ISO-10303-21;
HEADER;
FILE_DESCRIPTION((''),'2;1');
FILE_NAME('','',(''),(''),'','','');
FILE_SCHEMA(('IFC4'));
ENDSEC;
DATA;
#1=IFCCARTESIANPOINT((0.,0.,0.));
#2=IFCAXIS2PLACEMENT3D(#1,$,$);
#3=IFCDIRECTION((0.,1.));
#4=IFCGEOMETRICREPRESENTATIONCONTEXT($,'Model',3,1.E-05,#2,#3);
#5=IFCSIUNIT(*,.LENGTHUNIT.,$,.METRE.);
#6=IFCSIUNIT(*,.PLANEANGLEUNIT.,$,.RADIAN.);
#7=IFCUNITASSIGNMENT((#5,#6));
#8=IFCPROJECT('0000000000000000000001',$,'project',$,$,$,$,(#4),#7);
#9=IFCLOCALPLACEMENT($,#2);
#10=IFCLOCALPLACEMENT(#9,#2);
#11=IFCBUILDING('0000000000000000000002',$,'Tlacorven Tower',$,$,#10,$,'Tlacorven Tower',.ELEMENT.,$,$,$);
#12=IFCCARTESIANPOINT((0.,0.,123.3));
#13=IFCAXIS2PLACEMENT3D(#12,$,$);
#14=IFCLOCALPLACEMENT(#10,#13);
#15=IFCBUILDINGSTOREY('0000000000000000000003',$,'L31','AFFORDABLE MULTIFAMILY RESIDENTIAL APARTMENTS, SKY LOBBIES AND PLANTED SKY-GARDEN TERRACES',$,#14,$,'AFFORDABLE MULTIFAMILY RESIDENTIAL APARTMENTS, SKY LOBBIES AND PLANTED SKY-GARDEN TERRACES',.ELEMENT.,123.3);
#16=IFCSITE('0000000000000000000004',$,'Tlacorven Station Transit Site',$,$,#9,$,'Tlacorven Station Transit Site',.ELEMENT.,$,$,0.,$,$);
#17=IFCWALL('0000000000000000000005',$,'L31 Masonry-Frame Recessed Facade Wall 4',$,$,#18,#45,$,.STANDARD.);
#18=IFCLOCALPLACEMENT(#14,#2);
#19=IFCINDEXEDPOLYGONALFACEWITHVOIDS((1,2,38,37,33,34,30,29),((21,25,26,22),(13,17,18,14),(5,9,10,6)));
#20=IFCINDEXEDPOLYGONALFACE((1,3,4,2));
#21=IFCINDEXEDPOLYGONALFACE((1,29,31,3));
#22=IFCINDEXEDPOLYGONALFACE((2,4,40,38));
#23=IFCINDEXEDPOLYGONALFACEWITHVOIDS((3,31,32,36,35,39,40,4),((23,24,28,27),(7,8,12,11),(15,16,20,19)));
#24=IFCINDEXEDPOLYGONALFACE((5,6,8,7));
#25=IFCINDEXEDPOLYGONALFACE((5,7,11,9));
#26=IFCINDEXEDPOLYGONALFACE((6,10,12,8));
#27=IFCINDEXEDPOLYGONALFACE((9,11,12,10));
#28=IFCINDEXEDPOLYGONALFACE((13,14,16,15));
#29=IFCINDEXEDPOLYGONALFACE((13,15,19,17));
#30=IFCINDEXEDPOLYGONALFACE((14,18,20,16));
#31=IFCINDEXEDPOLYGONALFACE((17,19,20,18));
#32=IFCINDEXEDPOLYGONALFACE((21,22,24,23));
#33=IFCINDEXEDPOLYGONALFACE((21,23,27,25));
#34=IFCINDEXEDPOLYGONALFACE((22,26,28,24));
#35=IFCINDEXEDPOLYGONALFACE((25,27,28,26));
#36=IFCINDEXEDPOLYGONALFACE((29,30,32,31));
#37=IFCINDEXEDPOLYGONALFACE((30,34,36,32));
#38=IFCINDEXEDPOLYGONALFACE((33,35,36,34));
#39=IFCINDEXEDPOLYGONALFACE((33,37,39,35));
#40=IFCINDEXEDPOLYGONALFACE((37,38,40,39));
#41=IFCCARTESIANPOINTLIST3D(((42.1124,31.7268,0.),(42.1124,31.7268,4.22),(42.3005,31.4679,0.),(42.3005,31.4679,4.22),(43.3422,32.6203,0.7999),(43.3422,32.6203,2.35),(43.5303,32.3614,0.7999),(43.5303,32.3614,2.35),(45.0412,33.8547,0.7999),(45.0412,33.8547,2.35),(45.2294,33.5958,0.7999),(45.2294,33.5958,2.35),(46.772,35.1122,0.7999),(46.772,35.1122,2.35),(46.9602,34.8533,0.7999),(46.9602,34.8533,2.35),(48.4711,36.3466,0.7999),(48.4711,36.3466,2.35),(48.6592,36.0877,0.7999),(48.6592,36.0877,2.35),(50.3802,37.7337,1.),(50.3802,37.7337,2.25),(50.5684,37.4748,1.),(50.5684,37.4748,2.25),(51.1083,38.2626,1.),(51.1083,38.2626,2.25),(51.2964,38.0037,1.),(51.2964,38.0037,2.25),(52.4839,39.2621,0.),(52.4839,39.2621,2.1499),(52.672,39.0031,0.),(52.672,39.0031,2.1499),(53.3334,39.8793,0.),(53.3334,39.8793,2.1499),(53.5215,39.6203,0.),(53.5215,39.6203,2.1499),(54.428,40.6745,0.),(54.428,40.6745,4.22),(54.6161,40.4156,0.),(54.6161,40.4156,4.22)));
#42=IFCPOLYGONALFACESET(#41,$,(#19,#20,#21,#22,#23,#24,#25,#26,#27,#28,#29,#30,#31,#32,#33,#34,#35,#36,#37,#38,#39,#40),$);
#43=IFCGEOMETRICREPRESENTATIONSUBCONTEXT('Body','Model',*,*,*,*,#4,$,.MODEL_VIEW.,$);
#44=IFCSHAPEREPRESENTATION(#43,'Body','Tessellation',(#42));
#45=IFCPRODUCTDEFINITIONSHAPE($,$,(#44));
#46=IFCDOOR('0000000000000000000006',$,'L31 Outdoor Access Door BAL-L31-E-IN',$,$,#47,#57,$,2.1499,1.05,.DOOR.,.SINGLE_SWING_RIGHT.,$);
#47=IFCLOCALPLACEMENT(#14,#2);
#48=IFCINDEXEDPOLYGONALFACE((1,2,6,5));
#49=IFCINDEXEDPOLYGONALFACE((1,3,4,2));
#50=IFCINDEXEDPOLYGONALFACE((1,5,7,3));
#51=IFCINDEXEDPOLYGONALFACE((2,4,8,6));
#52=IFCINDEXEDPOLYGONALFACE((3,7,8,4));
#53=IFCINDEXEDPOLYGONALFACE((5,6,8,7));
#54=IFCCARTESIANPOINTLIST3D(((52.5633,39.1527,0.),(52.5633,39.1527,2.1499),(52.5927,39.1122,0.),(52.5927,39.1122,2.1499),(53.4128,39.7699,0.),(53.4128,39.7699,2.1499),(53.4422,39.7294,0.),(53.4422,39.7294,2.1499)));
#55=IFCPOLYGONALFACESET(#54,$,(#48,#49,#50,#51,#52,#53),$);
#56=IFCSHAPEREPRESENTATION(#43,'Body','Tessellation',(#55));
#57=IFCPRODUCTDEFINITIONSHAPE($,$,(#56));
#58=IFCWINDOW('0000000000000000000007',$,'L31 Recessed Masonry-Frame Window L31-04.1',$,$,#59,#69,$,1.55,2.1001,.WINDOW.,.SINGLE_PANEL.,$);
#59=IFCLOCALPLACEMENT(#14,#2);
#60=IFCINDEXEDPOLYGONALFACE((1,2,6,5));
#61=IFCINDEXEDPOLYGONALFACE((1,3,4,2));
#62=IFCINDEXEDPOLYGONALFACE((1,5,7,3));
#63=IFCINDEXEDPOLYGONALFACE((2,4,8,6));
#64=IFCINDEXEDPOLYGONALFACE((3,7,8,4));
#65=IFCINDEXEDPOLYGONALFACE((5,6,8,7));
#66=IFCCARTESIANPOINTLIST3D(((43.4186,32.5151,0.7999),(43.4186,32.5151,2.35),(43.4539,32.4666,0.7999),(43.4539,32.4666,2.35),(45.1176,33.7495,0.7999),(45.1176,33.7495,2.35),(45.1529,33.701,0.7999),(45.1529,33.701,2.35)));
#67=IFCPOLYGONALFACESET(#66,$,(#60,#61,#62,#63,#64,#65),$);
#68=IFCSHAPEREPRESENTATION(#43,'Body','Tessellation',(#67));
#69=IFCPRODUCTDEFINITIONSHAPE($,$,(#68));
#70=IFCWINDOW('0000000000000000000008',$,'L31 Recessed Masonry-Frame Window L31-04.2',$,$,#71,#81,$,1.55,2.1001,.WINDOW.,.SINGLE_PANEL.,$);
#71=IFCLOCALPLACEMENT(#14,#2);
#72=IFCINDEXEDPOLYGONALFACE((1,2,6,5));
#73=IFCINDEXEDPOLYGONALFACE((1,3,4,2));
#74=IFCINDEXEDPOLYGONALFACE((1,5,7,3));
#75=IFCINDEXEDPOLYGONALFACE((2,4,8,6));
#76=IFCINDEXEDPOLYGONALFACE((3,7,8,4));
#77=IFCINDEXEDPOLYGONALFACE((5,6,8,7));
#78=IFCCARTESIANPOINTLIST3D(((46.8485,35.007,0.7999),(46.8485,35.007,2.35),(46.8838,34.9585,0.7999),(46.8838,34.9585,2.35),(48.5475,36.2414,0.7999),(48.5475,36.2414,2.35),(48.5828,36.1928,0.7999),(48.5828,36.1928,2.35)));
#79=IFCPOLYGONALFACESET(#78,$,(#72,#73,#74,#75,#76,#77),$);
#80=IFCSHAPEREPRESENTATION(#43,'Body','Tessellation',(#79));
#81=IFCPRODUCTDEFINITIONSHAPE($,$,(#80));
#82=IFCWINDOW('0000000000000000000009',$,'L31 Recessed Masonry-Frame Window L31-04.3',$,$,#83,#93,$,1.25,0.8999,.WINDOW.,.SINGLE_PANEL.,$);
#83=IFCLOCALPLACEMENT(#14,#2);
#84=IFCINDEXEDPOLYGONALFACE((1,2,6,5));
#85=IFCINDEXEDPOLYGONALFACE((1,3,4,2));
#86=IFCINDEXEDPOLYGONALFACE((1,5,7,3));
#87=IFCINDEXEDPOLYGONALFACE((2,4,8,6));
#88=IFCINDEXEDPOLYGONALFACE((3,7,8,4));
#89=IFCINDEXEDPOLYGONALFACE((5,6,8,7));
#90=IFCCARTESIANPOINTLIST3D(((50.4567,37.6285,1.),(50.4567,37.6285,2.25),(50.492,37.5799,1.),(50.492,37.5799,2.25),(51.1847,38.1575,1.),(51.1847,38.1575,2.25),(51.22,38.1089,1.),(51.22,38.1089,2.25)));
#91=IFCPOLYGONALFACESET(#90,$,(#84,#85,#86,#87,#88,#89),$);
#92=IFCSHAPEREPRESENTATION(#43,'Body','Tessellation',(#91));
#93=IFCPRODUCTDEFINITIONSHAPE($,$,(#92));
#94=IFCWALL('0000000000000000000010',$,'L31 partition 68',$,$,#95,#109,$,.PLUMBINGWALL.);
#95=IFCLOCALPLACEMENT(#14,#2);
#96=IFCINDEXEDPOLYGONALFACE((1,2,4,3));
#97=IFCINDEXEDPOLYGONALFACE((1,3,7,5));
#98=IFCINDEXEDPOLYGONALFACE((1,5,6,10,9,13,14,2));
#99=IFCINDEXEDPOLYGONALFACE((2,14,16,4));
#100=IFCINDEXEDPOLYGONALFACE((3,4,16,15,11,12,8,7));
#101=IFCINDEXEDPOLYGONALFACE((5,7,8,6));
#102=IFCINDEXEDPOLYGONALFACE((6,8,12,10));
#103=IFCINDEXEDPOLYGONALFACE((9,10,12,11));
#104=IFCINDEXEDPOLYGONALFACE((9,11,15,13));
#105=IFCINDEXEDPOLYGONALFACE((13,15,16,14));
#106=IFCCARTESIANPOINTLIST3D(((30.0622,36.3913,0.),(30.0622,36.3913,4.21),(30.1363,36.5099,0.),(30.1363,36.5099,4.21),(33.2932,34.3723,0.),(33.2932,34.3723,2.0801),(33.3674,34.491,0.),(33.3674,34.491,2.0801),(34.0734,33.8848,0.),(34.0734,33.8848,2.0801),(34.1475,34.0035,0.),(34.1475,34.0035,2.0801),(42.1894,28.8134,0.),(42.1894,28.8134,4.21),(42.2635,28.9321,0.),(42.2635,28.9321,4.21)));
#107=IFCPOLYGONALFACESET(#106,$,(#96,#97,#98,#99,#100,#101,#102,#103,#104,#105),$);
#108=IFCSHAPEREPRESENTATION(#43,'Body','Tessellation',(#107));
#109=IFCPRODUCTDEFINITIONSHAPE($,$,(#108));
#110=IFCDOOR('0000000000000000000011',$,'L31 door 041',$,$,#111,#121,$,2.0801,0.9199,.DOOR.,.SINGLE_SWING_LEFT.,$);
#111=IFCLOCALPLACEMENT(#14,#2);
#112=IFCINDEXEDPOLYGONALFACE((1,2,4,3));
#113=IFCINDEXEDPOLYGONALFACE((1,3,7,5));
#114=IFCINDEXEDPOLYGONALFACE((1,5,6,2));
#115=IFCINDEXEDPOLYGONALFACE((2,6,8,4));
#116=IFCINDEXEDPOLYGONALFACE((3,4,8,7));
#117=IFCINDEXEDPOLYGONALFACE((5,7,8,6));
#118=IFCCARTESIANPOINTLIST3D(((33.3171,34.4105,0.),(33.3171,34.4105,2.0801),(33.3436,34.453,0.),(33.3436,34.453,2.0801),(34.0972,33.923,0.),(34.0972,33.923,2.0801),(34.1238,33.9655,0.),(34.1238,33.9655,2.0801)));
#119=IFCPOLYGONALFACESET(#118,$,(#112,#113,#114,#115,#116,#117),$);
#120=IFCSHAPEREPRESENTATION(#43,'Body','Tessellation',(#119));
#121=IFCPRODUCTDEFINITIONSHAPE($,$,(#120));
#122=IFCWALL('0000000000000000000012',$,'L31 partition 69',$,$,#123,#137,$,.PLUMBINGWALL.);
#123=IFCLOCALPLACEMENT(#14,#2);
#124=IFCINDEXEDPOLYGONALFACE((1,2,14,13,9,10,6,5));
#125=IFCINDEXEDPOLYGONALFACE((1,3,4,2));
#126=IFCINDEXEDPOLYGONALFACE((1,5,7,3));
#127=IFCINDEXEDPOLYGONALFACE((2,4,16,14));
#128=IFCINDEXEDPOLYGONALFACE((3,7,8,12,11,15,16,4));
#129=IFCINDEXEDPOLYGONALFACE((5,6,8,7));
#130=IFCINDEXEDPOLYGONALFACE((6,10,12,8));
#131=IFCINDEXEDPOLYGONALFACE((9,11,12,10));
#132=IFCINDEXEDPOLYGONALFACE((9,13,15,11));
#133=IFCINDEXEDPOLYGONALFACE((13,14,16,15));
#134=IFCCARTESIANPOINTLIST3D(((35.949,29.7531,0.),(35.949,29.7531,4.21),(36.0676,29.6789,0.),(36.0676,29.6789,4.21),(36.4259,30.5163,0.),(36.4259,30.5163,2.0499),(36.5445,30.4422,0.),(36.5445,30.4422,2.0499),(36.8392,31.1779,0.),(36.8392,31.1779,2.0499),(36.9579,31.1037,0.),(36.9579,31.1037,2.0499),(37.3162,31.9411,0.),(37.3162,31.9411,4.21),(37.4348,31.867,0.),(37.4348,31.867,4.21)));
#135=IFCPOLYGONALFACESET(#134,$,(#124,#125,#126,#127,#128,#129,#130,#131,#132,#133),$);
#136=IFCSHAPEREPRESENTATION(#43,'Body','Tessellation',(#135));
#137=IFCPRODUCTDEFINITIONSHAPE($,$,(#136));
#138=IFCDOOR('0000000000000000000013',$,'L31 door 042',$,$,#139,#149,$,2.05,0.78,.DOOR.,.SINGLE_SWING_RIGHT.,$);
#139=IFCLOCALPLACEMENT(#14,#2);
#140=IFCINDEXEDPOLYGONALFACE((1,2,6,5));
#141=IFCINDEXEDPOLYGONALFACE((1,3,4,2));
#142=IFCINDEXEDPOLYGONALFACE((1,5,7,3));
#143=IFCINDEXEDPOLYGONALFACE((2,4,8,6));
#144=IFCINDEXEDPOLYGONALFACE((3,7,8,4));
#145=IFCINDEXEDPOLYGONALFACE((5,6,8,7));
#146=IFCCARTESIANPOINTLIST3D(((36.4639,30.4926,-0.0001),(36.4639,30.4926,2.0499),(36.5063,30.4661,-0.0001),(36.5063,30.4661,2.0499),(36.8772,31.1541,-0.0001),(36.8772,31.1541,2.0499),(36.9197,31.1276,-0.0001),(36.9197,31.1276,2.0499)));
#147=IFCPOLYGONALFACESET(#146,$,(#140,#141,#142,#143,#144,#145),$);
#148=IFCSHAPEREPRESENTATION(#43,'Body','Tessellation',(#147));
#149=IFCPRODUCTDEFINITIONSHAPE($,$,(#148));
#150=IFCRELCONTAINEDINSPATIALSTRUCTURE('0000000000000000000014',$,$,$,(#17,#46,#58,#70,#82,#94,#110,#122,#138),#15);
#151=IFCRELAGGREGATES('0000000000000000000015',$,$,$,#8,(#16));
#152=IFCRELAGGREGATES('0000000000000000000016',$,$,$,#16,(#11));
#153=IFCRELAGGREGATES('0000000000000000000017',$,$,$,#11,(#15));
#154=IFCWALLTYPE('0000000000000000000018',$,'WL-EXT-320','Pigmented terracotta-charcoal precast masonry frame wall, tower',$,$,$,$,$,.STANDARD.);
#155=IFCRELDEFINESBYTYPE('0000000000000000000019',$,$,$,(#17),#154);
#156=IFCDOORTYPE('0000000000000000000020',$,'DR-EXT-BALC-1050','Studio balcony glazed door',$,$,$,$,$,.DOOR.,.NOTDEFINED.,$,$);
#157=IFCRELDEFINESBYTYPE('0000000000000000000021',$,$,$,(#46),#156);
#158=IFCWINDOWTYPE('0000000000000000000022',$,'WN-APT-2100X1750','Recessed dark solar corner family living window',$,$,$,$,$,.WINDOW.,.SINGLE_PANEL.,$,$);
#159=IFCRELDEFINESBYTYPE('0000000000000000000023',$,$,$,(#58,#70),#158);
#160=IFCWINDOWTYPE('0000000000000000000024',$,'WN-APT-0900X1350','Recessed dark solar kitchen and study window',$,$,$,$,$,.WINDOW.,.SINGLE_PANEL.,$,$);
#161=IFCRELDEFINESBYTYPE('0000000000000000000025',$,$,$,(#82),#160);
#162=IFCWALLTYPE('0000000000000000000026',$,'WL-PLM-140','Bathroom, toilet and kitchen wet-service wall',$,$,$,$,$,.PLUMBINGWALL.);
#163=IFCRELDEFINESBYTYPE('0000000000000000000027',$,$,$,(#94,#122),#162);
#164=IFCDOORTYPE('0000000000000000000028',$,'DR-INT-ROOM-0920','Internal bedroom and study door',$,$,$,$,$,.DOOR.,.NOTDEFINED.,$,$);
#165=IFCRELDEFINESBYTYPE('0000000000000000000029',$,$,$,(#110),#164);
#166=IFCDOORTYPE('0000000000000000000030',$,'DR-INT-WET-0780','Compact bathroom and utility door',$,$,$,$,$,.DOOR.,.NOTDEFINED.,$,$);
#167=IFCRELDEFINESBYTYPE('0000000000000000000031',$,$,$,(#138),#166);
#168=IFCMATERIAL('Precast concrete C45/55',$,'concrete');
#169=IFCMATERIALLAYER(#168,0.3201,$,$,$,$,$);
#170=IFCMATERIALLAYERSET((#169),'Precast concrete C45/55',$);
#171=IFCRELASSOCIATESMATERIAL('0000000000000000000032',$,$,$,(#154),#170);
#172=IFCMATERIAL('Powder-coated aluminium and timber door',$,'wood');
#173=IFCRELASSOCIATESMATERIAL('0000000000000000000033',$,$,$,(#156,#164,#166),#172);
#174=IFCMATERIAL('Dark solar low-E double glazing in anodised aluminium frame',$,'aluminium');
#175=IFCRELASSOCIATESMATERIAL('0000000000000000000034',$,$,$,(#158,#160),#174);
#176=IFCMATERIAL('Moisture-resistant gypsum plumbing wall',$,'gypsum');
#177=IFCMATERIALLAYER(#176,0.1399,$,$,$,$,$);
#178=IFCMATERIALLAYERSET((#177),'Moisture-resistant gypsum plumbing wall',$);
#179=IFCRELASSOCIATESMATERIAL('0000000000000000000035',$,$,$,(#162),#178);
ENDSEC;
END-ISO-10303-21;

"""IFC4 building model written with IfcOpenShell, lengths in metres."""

from ifc_helpers import new_model, si_unit, direction, frame, frame_2d, origin, place, context, subcontext, project, spatial, rectangle, extrude, source, transform, mapped, material, layer, layer_set, type_object, element, fill, save


model = new_model("IFC4")

# Units and contexts
model_context = context("Model", 3, precision=1e-05, world=origin(), true_north=direction((0.0, 1.0)))
body_context = subcontext(model_context, "Body", "Model", "MODEL_VIEW")
ifc_project = project(units=[si_unit("LENGTHUNIT", "METRE"), si_unit("PLANEANGLEUNIT", "RADIAN")], contexts=[model_context])

# Site, building, storey
site_placement = place(None, origin())
site = spatial("IfcSite", under=ifc_project, at=site_placement, Name="Tlacorven Station Transit Site", LongName="Tlacorven Station Transit Site", CompositionType="ELEMENT", RefElevation=0.0)
building_placement = place(site_placement, origin())
building = spatial("IfcBuilding", under=site, at=building_placement, Name="Tlacorven Tower", LongName="Tlacorven Tower", CompositionType="ELEMENT")
storey_placement = place(building_placement, frame((0.0, 0.0, 123.3)))
storey = spatial("IfcBuildingStorey", under=building, at=storey_placement, Name="L31", Description="AFFORDABLE MULTIFAMILY RESIDENTIAL APARTMENTS, SKY LOBBIES AND PLANTED SKY-GARDEN TERRACES", LongName="AFFORDABLE MULTIFAMILY RESIDENTIAL APARTMENTS, SKY LOBBIES AND PLANTED SKY-GARDEN TERRACES", CompositionType="ELEMENT", Elevation=123.3)

# Wall, openings, door, windows
ifc_material_1 = material(Name="Precast concrete C45/55", Category="concrete")
ifc_layer_1 = layer(ifc_material_1, 0.3201)
ifc_layer_set_1 = layer_set([ifc_layer_1], Name="Precast concrete C45/55")
wall_type_1 = type_object("IfcWallType", Name="WL-EXT-320", Description="Pigmented terracotta-charcoal precast masonry frame wall, tower", PredefinedType="STANDARD", material=ifc_layer_set_1)
wall_1_placement = place(storey_placement, frame((42.2065, 31.5974, 0.0), z_axis=(0.0, 0.0, 1.0), x_axis=(0.80902, 0.587781, 0.0)))
wall_1 = element("IfcWall", 1, at=wall_1_placement, inside=storey, type_object=wall_type_1, Name="L31 Masonry-Frame Recessed Facade Wall 4", PredefinedType="STANDARD", context=body_context, shape_type="SweptSolid", body=[
    extrude(rectangle(XDim=15.2229, YDim=0.3201, at=frame_2d((7.6113, 0.0))), origin(), (0.0, 0.0, 1.0), 4.22),
])
opening_1_placement = place(wall_1_placement, frame((12.8198, 0.0, 0.0)))
opening_1 = element("IfcOpeningElement", 2, at=opening_1_placement, cuts=wall_1, PredefinedType="OPENING", context=body_context, shape_type="SweptSolid", body=[
    extrude(rectangle(XDim=1.05, YDim=2.1499, at=frame_2d((0.5249, 1.075))), frame((0.0, 0.1699, 0.0), z_axis=(0.0, -1.0, 0.0), x_axis=(1.0, 0.0, 0.0)), (0.0, 0.0, 1.0), 0.3401),
])
opening_2_placement = place(wall_1_placement, frame((1.52, 0.0, 0.8)))
opening_2 = element("IfcOpeningElement", 3, at=opening_2_placement, cuts=wall_1, PredefinedType="OPENING", context=body_context, shape_type="SweptSolid", body=[
    extrude(rectangle(XDim=2.1001, YDim=1.55, at=frame_2d((1.05, 0.7749))), frame((0.0, 0.1699, 0.0), z_axis=(0.0, -1.0, 0.0), x_axis=(1.0, 0.0, 0.0)), (0.0, 0.0, 1.0), 0.3401),
])
opening_3_placement = place(wall_1_placement, frame((5.7595, 0.0, 0.8)))
opening_3 = element("IfcOpeningElement", 4, at=opening_3_placement, cuts=wall_1, PredefinedType="OPENING", context=body_context, shape_type="SweptSolid", body=[
    extrude(rectangle(XDim=2.1001, YDim=1.55, at=frame_2d((1.05, 0.7749))), frame((0.0, 0.1699, 0.0), z_axis=(0.0, -1.0, 0.0), x_axis=(1.0, 0.0, 0.0)), (0.0, 0.0, 1.0), 0.3401),
])
opening_4_placement = place(wall_1_placement, frame((10.2195, 0.0, 1.0)))
opening_4 = element("IfcOpeningElement", 5, at=opening_4_placement, cuts=wall_1, PredefinedType="OPENING", context=body_context, shape_type="SweptSolid", body=[
    extrude(rectangle(XDim=0.8999, YDim=1.25, at=frame_2d((0.45, 0.625))), frame((0.0, 0.1699, 0.0), z_axis=(0.0, -1.0, 0.0), x_axis=(1.0, 0.0, 0.0)), (0.0, 0.0, 1.0), 0.3401),
])
ifc_material_2 = material(Name="Powder-coated aluminium and timber door", Category="wood")
door_type_1 = type_object("IfcDoorType", Name="DR-EXT-BALC-1050", Description="Studio balcony glazed door", OperationType="NOTDEFINED", PredefinedType="DOOR", material=ifc_material_2)
shared_shape_1 = source(origin(), body_context, "Body", "SweptSolid", [
    extrude(rectangle(XDim=1.05, YDim=2.1499, at=frame_2d((0.5249, 1.075))), frame((0.0, 0.0249, 0.0), z_axis=(0.0, -1.0, 0.0), x_axis=(1.0, 0.0, 0.0)), (0.0, 0.0, 1.0), 0.05),
])
door_1_placement = place(opening_1_placement, origin())
door_1 = element("IfcDoor", 6, at=door_1_placement, inside=storey, type_object=door_type_1, Name="L31 Outdoor Access Door BAL-L31-E-IN", OperationType="SINGLE_SWING_RIGHT", OverallHeight=2.1499, OverallWidth=1.05, PredefinedType="DOOR", context=body_context, shape_type="MappedRepresentation", body=[
    mapped(shared_shape_1, transform((0.0, 0.0, 0.0), scale=1.0)),
])
fill(opening_1, door_1)
ifc_material_3 = material(Name="Dark solar low-E double glazing in anodised aluminium frame", Category="aluminium")
window_type_1 = type_object("IfcWindowType", Name="WN-APT-2100X1750", Description="Recessed dark solar corner family living window", PartitioningType="SINGLE_PANEL", PredefinedType="WINDOW", material=ifc_material_3)
shared_shape_2 = source(origin(), body_context, "Body", "SweptSolid", [
    extrude(rectangle(XDim=2.1001, YDim=1.55, at=frame_2d((1.05, 0.7749))), frame((0.0, 0.03, 0.0), z_axis=(0.0, -1.0, 0.0), x_axis=(1.0, 0.0, 0.0)), (0.0, 0.0, 1.0), 0.0601),
])
window_1_placement = place(opening_2_placement, origin())
window_1 = element("IfcWindow", 7, at=window_1_placement, inside=storey, type_object=window_type_1, Name="L31 Recessed Masonry-Frame Window L31-04.1", OverallHeight=1.55, OverallWidth=2.1001, PartitioningType="SINGLE_PANEL", PredefinedType="WINDOW", context=body_context, shape_type="MappedRepresentation", body=[
    mapped(shared_shape_2, transform((0.0, 0.0, 0.0), scale=1.0)),
])
fill(opening_2, window_1)
window_2_placement = place(opening_3_placement, origin())
window_2 = element("IfcWindow", 8, at=window_2_placement, inside=storey, type_object=window_type_1, Name="L31 Recessed Masonry-Frame Window L31-04.2", OverallHeight=1.55, OverallWidth=2.1001, PartitioningType="SINGLE_PANEL", PredefinedType="WINDOW", context=body_context, shape_type="MappedRepresentation", body=[
    mapped(shared_shape_2, transform((0.0, 0.0, 0.0), scale=1.0)),
])
fill(opening_3, window_2)
window_type_2 = type_object("IfcWindowType", Name="WN-APT-0900X1350", Description="Recessed dark solar kitchen and study window", PartitioningType="SINGLE_PANEL", PredefinedType="WINDOW", material=ifc_material_3)
shared_shape_3 = source(origin(), body_context, "Body", "SweptSolid", [
    extrude(rectangle(XDim=0.8999, YDim=1.25, at=frame_2d((0.45, 0.625))), frame((0.0, 0.03, 0.0), z_axis=(0.0, -1.0, 0.0), x_axis=(1.0, 0.0, 0.0)), (0.0, 0.0, 1.0), 0.0601),
])
window_3_placement = place(opening_4_placement, origin())
window_3 = element("IfcWindow", 9, at=window_3_placement, inside=storey, type_object=window_type_2, Name="L31 Recessed Masonry-Frame Window L31-04.3", OverallHeight=1.25, OverallWidth=0.8999, PartitioningType="SINGLE_PANEL", PredefinedType="WINDOW", context=body_context, shape_type="MappedRepresentation", body=[
    mapped(shared_shape_3, transform((0.0, 0.0, 0.0), scale=1.0)),
])
fill(opening_4, window_3)

# Walls, openings, doors
ifc_material_4 = material(Name="Moisture-resistant gypsum plumbing wall", Category="gypsum")
ifc_layer_2 = layer(ifc_material_4, 0.1399)
ifc_layer_set_2 = layer_set([ifc_layer_2], Name="Moisture-resistant gypsum plumbing wall")
wall_type_2 = type_object("IfcWallType", Name="WL-PLM-140", Description="Bathroom, toilet and kitchen wet-service wall", PredefinedType="PLUMBINGWALL", material=ifc_layer_set_2)
wall_2_placement = place(storey_placement, frame((42.2263, 28.8728, 0.0), z_axis=(0.0, 0.0, 1.0), x_axis=(-0.848049, 0.529918, 0.0)))
wall_2 = element("IfcWall", 10, at=wall_2_placement, inside=storey, type_object=wall_type_2, Name="L31 partition 68", PredefinedType="PLUMBINGWALL", context=body_context, shape_type="SweptSolid", body=[
    extrude(rectangle(XDim=14.3, YDim=0.1399, at=frame_2d((7.1499, 0.0))), origin(), (0.0, 0.0, 1.0), 4.21),
])
opening_5_placement = place(wall_2_placement, frame((9.5701, 0.0, 0.0)))
opening_5 = element("IfcOpeningElement", 11, at=opening_5_placement, cuts=wall_2, PredefinedType="OPENING", context=body_context, shape_type="SweptSolid", body=[
    extrude(rectangle(XDim=0.9199, YDim=2.0801, at=frame_2d((0.46, 1.04))), frame((0.0, 0.0801, 0.0), z_axis=(0.0, -1.0, 0.0), x_axis=(1.0, 0.0, 0.0)), (0.0, 0.0, 1.0), 0.1599),
])
door_type_2 = type_object("IfcDoorType", Name="DR-INT-ROOM-0920", Description="Internal bedroom and study door", OperationType="NOTDEFINED", PredefinedType="DOOR", material=ifc_material_2)
shared_shape_4 = source(origin(), body_context, "Body", "SweptSolid", [
    extrude(rectangle(XDim=0.9199, YDim=2.0801, at=frame_2d((0.46, 1.04))), frame((0.0, 0.0249, 0.0), z_axis=(0.0, -1.0, 0.0), x_axis=(1.0, 0.0, 0.0)), (0.0, 0.0, 1.0), 0.05),
])
door_2_placement = place(opening_5_placement, origin())
door_2 = element("IfcDoor", 12, at=door_2_placement, inside=storey, type_object=door_type_2, Name="L31 door 041", OperationType="SINGLE_SWING_LEFT", OverallHeight=2.0801, OverallWidth=0.9199, PredefinedType="DOOR", context=body_context, shape_type="MappedRepresentation", body=[
    mapped(shared_shape_4, transform((0.0, 0.0, 0.0), scale=1.0)),
])
fill(opening_5, door_2)
wall_3_placement = place(storey_placement, frame((37.3755, 31.9041, 0.0), z_axis=(0.0, 0.0, 1.0), x_axis=(-0.529914, -0.848051, 0.0)))
wall_3 = element("IfcWall", 13, at=wall_3_placement, inside=storey, type_object=wall_type_2, Name="L31 partition 69", PredefinedType="PLUMBINGWALL", context=body_context, shape_type="SweptSolid", body=[
    extrude(rectangle(XDim=2.5801, YDim=0.1399, at=frame_2d((1.29, 0.0))), origin(), (0.0, 0.0, 1.0), 4.21),
])
opening_6_placement = place(wall_3_placement, frame((0.8999, 0.0, 0.0)))
opening_6 = element("IfcOpeningElement", 14, at=opening_6_placement, cuts=wall_3, PredefinedType="OPENING", context=body_context, shape_type="SweptSolid", body=[
    extrude(rectangle(XDim=0.78, YDim=2.05, at=frame_2d((0.3901, 1.0249))), frame((0.0, 0.0801, 0.0), z_axis=(0.0, -1.0, 0.0), x_axis=(1.0, 0.0, 0.0)), (0.0, 0.0, 1.0), 0.1599),
])
door_type_3 = type_object("IfcDoorType", Name="DR-INT-WET-0780", Description="Compact bathroom and utility door", OperationType="NOTDEFINED", PredefinedType="DOOR", material=ifc_material_2)
shared_shape_5 = source(origin(), body_context, "Body", "SweptSolid", [
    extrude(rectangle(XDim=0.78, YDim=2.05, at=frame_2d((0.3901, 1.0249))), frame((0.0, 0.0249, 0.0), z_axis=(0.0, -1.0, 0.0), x_axis=(1.0, 0.0, 0.0)), (0.0, 0.0, 1.0), 0.05),
])
door_3_placement = place(opening_6_placement, origin())
door_3 = element("IfcDoor", 15, at=door_3_placement, inside=storey, type_object=door_type_3, Name="L31 door 042", OperationType="SINGLE_SWING_RIGHT", OverallHeight=2.05, OverallWidth=0.78, PredefinedType="DOOR", context=body_context, shape_type="MappedRepresentation", body=[
    mapped(shared_shape_5, transform((0.0, 0.0, 0.0), scale=1.0)),
])
fill(opening_6, door_3)

save(model, "model.ifc")
